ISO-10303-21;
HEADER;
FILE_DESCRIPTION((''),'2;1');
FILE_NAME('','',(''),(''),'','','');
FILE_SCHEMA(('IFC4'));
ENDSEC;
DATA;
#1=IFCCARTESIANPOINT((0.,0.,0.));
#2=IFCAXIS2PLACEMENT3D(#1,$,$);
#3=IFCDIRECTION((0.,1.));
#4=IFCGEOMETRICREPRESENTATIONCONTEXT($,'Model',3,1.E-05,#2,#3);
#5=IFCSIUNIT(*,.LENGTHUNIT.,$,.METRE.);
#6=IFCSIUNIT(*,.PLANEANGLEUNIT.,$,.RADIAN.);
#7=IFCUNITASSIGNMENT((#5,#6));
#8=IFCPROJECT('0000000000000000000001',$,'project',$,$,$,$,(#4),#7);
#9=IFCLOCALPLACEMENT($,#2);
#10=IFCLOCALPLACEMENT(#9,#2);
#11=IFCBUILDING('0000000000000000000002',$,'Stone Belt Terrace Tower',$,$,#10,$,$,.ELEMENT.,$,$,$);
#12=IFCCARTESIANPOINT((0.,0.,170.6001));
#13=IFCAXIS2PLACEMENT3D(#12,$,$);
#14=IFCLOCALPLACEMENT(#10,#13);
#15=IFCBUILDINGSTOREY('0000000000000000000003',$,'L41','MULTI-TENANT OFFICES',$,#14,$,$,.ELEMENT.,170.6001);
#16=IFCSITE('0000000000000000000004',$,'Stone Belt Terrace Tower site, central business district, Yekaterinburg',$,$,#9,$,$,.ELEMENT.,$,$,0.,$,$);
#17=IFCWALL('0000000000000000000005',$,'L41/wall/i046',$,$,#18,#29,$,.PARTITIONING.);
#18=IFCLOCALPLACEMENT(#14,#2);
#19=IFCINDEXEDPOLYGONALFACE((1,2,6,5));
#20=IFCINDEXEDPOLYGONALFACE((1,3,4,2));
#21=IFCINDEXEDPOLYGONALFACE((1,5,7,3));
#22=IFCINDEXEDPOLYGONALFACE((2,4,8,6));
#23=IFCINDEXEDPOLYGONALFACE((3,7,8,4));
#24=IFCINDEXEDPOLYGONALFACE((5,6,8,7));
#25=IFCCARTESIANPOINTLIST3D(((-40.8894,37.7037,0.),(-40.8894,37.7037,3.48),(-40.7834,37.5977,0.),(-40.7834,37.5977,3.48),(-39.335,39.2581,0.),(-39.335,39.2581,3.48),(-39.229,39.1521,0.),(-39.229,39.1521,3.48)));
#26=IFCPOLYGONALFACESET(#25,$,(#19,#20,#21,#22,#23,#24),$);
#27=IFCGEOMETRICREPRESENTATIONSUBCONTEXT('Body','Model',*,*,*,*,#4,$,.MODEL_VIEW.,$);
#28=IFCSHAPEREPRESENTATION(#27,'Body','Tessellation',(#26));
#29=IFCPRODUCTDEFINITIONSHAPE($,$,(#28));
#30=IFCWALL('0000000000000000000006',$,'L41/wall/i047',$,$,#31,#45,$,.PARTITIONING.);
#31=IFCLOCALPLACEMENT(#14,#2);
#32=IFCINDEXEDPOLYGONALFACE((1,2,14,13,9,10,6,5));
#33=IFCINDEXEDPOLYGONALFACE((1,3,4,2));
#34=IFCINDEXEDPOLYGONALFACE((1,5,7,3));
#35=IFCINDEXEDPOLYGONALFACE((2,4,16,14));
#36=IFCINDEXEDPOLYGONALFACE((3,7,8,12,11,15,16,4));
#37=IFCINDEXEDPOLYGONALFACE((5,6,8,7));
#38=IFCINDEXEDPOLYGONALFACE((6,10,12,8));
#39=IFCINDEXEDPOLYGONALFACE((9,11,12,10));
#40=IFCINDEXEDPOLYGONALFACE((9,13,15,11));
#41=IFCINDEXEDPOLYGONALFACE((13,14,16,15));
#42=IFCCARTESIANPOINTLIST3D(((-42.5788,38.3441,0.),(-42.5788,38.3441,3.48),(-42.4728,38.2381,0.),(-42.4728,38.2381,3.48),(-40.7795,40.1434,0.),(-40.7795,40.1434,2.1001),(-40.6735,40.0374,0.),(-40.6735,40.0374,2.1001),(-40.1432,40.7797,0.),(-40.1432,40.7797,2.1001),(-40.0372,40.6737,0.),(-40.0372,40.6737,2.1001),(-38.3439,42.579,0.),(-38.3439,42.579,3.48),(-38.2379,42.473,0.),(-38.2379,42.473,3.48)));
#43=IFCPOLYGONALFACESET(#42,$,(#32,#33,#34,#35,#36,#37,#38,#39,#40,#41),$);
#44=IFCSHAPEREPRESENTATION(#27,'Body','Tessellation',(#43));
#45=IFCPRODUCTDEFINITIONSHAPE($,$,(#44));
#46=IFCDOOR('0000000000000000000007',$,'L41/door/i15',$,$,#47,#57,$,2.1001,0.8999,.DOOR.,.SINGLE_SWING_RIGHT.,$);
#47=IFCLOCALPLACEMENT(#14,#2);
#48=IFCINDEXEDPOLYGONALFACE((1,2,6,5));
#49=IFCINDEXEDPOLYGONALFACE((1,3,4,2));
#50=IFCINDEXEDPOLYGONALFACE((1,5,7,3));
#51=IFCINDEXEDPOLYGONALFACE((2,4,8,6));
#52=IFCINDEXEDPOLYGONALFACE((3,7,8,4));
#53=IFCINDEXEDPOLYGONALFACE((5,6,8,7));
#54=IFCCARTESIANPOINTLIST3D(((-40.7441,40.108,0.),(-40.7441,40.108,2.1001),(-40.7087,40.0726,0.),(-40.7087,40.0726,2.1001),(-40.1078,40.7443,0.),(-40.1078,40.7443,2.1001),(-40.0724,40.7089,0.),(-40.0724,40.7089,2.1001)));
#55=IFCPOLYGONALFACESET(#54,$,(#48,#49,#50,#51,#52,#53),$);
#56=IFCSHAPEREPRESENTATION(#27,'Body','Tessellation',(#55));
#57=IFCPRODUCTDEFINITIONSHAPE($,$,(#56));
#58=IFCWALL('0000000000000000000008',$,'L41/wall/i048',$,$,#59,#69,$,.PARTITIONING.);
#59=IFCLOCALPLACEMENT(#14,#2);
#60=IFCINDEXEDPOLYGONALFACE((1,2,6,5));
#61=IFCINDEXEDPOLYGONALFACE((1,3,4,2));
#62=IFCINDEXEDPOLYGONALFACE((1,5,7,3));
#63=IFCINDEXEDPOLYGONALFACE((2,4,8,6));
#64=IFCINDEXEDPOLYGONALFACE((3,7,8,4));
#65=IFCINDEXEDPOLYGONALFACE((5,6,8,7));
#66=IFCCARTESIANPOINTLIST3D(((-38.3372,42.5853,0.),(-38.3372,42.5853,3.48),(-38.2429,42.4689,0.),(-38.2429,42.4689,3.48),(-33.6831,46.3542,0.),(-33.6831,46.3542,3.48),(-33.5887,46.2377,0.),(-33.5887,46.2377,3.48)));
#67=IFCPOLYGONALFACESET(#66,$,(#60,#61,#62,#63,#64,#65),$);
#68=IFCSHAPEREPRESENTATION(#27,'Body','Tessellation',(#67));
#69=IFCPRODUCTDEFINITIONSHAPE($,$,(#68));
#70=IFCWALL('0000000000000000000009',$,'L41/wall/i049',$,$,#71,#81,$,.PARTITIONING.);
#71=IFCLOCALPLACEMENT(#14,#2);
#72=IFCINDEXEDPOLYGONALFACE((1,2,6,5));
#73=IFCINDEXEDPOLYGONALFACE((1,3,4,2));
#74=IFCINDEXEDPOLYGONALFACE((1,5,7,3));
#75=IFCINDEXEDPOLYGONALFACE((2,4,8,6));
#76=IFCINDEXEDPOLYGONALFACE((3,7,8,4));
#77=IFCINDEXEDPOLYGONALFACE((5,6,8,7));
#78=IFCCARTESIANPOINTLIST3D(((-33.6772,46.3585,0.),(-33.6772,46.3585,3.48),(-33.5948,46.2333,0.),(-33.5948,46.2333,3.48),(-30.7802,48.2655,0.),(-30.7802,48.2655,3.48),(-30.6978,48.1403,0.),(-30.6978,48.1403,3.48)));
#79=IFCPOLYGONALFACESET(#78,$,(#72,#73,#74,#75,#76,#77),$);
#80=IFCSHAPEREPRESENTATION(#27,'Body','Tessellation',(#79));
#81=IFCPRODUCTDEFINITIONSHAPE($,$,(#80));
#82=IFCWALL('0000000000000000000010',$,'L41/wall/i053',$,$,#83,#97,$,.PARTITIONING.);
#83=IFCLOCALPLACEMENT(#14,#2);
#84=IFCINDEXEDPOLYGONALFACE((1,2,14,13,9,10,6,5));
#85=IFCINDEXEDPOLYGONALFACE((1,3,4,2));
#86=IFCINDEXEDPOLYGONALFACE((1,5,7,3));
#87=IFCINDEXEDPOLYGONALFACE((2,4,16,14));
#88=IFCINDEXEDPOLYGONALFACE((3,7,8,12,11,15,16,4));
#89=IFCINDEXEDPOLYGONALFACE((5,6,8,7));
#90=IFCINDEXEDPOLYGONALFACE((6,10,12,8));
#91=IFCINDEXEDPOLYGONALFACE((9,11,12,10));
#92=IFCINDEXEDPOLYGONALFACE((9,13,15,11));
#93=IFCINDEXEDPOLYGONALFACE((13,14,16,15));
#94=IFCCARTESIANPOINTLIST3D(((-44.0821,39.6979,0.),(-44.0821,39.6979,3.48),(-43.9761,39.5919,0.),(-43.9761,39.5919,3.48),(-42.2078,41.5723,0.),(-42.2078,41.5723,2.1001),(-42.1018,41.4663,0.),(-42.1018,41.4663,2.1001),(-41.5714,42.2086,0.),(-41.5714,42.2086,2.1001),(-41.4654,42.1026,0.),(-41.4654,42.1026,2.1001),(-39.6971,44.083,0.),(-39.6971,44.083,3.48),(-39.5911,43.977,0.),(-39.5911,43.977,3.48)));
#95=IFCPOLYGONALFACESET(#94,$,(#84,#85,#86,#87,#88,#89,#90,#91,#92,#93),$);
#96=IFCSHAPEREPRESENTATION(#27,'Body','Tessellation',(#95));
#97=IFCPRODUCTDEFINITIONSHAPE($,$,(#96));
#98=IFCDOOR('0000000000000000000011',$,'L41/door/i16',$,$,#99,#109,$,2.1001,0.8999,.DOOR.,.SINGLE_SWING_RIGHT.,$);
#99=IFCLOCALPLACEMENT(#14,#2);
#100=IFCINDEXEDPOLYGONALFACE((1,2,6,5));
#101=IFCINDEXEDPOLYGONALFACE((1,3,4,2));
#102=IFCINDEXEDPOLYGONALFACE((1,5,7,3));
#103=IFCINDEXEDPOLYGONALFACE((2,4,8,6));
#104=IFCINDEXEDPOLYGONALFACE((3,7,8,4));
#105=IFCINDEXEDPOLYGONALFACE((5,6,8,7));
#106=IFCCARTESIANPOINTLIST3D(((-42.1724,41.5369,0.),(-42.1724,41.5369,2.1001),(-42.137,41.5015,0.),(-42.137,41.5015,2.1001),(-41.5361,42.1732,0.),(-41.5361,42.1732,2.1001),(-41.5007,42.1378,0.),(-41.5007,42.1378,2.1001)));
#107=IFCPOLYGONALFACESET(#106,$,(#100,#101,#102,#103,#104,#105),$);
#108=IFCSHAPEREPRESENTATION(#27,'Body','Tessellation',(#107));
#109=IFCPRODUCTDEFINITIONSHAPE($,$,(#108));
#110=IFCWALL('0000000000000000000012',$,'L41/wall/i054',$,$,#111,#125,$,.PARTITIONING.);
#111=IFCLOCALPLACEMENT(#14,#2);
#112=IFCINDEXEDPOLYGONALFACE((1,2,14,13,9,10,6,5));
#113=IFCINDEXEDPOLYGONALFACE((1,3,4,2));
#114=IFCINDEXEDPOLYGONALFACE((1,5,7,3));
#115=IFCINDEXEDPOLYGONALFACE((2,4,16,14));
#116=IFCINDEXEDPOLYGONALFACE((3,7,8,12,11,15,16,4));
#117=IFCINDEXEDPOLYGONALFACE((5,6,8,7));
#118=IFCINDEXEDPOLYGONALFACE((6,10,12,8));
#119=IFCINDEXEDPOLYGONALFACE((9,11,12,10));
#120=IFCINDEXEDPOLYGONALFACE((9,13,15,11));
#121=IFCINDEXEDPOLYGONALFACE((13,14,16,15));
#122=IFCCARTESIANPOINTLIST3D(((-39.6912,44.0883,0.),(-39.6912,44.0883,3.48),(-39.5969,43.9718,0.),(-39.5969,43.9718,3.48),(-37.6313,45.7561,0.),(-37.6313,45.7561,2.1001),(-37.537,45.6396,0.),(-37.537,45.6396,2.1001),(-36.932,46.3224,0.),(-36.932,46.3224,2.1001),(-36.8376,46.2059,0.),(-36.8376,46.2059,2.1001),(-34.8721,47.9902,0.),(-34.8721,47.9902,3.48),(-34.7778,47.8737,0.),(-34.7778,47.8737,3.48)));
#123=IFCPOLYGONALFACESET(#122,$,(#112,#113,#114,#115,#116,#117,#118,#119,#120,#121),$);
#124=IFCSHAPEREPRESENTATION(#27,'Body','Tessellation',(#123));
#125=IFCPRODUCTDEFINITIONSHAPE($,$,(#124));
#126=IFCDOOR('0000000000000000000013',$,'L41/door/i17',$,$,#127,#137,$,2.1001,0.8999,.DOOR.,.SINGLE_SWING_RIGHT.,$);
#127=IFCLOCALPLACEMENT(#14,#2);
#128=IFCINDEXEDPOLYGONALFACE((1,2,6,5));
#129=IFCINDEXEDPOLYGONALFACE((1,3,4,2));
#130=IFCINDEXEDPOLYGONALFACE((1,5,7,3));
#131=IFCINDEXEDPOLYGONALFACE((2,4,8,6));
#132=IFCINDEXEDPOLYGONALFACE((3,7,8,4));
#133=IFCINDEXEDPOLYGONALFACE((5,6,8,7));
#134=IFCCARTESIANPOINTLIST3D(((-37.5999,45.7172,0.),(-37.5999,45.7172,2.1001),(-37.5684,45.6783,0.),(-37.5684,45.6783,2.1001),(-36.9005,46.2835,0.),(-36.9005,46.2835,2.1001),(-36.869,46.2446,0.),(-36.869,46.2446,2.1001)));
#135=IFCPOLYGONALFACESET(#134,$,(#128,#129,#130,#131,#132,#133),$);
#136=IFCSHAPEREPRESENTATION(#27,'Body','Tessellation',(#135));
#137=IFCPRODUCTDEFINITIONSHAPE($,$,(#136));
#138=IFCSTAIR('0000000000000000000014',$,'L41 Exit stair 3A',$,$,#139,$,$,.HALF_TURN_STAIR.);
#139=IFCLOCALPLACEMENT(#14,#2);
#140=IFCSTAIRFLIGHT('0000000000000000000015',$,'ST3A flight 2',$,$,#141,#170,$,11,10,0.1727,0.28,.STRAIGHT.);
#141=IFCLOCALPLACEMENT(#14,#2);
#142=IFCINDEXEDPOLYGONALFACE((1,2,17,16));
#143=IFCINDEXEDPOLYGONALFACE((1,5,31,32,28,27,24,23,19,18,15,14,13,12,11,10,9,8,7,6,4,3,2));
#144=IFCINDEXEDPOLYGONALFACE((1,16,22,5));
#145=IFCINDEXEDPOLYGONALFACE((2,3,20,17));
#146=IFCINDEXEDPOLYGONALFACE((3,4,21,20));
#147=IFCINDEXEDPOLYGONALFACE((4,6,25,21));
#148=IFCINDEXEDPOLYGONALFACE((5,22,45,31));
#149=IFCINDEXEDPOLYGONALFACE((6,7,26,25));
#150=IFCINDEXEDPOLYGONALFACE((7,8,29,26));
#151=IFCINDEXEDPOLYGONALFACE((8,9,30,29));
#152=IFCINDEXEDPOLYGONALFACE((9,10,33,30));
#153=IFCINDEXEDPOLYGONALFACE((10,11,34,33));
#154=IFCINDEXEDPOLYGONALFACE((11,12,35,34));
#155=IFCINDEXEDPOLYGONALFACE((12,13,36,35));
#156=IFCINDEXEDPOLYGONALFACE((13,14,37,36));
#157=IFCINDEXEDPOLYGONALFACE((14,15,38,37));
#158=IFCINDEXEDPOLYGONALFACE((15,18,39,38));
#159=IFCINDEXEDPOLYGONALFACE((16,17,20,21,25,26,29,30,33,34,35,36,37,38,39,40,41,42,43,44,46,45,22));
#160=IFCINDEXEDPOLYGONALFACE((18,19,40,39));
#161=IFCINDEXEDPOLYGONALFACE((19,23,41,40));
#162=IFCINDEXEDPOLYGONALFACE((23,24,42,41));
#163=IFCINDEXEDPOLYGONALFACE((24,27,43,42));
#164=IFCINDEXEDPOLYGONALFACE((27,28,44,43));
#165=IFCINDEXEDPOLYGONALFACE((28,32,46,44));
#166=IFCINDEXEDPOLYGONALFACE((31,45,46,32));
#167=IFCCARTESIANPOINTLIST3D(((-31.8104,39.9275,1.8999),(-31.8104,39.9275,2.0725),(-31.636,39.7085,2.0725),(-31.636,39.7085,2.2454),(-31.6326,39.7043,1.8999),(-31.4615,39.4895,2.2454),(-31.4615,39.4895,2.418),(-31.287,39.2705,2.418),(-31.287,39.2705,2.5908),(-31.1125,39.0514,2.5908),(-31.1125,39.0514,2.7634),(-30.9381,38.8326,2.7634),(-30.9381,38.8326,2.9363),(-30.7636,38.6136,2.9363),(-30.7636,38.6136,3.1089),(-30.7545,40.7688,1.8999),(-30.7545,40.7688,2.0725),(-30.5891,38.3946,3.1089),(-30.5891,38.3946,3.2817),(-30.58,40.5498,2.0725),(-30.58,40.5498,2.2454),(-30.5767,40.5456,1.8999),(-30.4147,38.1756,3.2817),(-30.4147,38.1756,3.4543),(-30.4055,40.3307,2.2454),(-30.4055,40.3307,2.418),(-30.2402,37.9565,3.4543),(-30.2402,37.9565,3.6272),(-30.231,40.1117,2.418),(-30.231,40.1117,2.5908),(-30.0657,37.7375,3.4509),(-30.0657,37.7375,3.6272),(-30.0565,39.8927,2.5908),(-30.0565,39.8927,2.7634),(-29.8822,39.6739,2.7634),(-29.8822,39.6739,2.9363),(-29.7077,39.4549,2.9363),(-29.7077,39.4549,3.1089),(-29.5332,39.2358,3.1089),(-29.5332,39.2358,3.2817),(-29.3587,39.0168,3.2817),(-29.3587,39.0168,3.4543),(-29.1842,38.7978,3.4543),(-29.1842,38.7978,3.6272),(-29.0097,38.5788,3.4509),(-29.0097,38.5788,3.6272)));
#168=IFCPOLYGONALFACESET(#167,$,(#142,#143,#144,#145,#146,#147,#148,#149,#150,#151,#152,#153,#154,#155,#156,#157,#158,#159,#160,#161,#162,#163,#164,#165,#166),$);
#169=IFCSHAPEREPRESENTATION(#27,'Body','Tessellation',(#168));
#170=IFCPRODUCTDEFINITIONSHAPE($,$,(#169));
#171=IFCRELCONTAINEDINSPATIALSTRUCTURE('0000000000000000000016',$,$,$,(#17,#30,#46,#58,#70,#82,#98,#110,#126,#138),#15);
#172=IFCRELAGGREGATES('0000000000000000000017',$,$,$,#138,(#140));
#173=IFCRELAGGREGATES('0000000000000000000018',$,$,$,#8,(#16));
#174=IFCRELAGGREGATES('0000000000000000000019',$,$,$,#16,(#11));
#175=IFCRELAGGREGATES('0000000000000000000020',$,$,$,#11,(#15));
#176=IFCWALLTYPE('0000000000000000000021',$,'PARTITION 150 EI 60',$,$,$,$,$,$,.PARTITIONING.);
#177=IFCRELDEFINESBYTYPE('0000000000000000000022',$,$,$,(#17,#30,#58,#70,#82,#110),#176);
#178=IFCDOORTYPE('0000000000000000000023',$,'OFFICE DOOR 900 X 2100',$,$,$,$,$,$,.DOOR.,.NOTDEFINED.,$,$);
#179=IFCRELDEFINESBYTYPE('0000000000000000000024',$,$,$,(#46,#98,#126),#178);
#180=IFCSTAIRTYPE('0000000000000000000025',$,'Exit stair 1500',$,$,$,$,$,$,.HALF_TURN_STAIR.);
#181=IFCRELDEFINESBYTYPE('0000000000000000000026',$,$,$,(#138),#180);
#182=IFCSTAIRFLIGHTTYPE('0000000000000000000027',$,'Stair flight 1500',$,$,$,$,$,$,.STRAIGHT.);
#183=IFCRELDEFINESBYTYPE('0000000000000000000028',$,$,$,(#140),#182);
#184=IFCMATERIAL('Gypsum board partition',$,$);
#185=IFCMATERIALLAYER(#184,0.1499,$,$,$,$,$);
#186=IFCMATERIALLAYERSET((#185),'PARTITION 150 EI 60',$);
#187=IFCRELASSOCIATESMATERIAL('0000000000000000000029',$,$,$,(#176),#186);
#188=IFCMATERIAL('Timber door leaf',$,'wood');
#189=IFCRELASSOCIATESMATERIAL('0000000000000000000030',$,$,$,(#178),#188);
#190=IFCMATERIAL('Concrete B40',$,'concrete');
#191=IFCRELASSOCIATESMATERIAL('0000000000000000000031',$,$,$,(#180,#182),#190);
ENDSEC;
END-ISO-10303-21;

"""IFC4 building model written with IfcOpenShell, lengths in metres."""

from ifc_helpers import new_model, si_unit, direction, frame, frame_2d, origin, place, context, subcontext, project, spatial, polyline, rectangle, outline, extrude, material, layer, layer_set, type_object, element, fill, aggregate, save


model = new_model("IFC4")

# Units and contexts
model_context = context("Model", 3, precision=1e-05, world=origin(), true_north=direction((0.0, 1.0)))
body_context = subcontext(model_context, "Body", "Model", "MODEL_VIEW")
ifc_project = project(units=[si_unit("LENGTHUNIT", "METRE"), si_unit("PLANEANGLEUNIT", "RADIAN")], contexts=[model_context])

# Site, building, storey
site_placement = place(None, origin())
site = spatial("IfcSite", under=ifc_project, at=site_placement, Name="Stone Belt Terrace Tower site, central business district, Yekaterinburg", CompositionType="ELEMENT", RefElevation=0.0)
building_placement = place(site_placement, origin())
building = spatial("IfcBuilding", under=site, at=building_placement, Name="Stone Belt Terrace Tower", CompositionType="ELEMENT")
storey_placement = place(building_placement, frame((0.0, 0.0, 170.6001)))
storey = spatial("IfcBuildingStorey", under=building, at=storey_placement, Name="L41", Description="MULTI-TENANT OFFICES", CompositionType="ELEMENT", Elevation=170.6001)

# Wall
ifc_material_1 = material(Name="Gypsum board partition")
ifc_layer_1 = layer(ifc_material_1, 0.1499)
ifc_layer_set_1 = layer_set([ifc_layer_1], Name="PARTITION 150 EI 60")
wall_type = type_object("IfcWallType", Name="PARTITION 150 EI 60", PredefinedType="PARTITIONING", material=ifc_layer_set_1)
wall_1_placement = place(storey_placement, frame((-39.282, 39.2051, 0.0), z_axis=(0.0, 0.0, 1.0), x_axis=(-0.707107, -0.707107, 0.0)))
element("IfcWall", 1, at=wall_1_placement, inside=storey, type_object=wall_type, Name="L41/wall/i046", PredefinedType="PARTITIONING", context=body_context, shape_type="SweptSolid", body=[
    extrude(rectangle(XDim=2.1982, YDim=0.1499, at=frame_2d((1.0991, 0.0))), origin(), (0.0, 0.0, 1.0), 3.48),
])

# Wall, opening, door
wall_2_placement = place(storey_placement, frame((-42.5259, 38.291, 0.0), z_axis=(0.0, 0.0, 1.0), x_axis=(0.707107, 0.707107, 0.0)))
wall_2 = element("IfcWall", 2, at=wall_2_placement, inside=storey, type_object=wall_type, Name="L41/wall/i047", PredefinedType="PARTITIONING", context=body_context, shape_type="SweptSolid", body=[
    extrude(rectangle(XDim=5.989, YDim=0.1499, at=frame_2d((2.9946, 0.0))), origin(), (0.0, 0.0, 1.0), 3.48),
])
opening_1_placement = place(wall_2_placement, frame((2.5447, 0.0, 0.0)))
opening_1 = element("IfcOpeningElement", 3, at=opening_1_placement, cuts=wall_2, PredefinedType="OPENING", context=body_context, shape_type="SweptSolid", body=[
    extrude(rectangle(XDim=0.8999, YDim=2.1001, at=frame_2d((0.45, 1.05))), frame((0.0, 0.085, 0.0), z_axis=(0.0, -1.0, 0.0), x_axis=(1.0, 0.0, 0.0)), (0.0, 0.0, 1.0), 0.1699),
])
ifc_material_2 = material(Name="Timber door leaf", Category="wood")
door_type = type_object("IfcDoorType", Name="OFFICE DOOR 900 X 2100", OperationType="NOTDEFINED", PredefinedType="DOOR", material=ifc_material_2)
door_1_placement = place(opening_1_placement, origin())
door_1 = element("IfcDoor", 4, at=door_1_placement, inside=storey, type_object=door_type, Name="L41/door/i15", OperationType="SINGLE_SWING_RIGHT", OverallHeight=2.1001, OverallWidth=0.8999, PredefinedType="DOOR", context=body_context, shape_type="SweptSolid", body=[
    extrude(rectangle(XDim=0.8999, YDim=2.1001, at=frame_2d((0.45, 1.05))), frame((0.0, 0.0249, 0.0), z_axis=(0.0, -1.0, 0.0), x_axis=(1.0, 0.0, 0.0)), (0.0, 0.0, 1.0), 0.05),
])
fill(opening_1, door_1)

# Walls
wall_3_placement = place(storey_placement, frame((-38.29, 42.5271, 0.0), z_axis=(0.0, 0.0, 1.0), x_axis=(0.777144, 0.629323, 0.0)))
element("IfcWall", 5, at=wall_3_placement, inside=storey, type_object=wall_type, Name="L41/wall/i048", PredefinedType="PARTITIONING", context=body_context, shape_type="SweptSolid", body=[
    extrude(rectangle(XDim=5.9888, YDim=0.1499, at=frame_2d((2.9944, 0.0))), origin(), (0.0, 0.0, 1.0), 3.48),
])
wall_4_placement = place(storey_placement, frame((-33.636, 46.2959, 0.0), z_axis=(0.0, 0.0, 1.0), x_axis=(0.835274, 0.549834, 0.0)))
element("IfcWall", 6, at=wall_4_placement, inside=storey, type_object=wall_type, Name="L41/wall/i049", PredefinedType="PARTITIONING", context=body_context, shape_type="SweptSolid", body=[
    extrude(rectangle(XDim=3.4683, YDim=0.1499, at=frame_2d((1.7341, 0.0))), origin(), (0.0, 0.0, 1.0), 3.48),
])

# Walls, openings, doors
wall_5_placement = place(storey_placement, frame((-44.0291, 39.645, 0.0), z_axis=(0.0, 0.0, 1.0), x_axis=(0.707107, 0.707107, 0.0)))
wall_5 = element("IfcWall", 7, at=wall_5_placement, inside=storey, type_object=wall_type, Name="L41/wall/i053", PredefinedType="PARTITIONING", context=body_context, shape_type="SweptSolid", body=[
    extrude(rectangle(XDim=6.2014, YDim=0.1499, at=frame_2d((3.1006, 0.0))), origin(), (0.0, 0.0, 1.0), 3.48),
])
opening_2_placement = place(wall_5_placement, frame((2.6506, 0.0, 0.0)))
opening_2 = element("IfcOpeningElement", 8, at=opening_2_placement, cuts=wall_5, PredefinedType="OPENING", context=body_context, shape_type="SweptSolid", body=[
    extrude(rectangle(XDim=0.8999, YDim=2.1001, at=frame_2d((0.45, 1.05))), frame((0.0, 0.085, 0.0), z_axis=(0.0, -1.0, 0.0), x_axis=(1.0, 0.0, 0.0)), (0.0, 0.0, 1.0), 0.1699),
])
door_2_placement = place(opening_2_placement, origin())
door_2 = element("IfcDoor", 9, at=door_2_placement, inside=storey, type_object=door_type, Name="L41/door/i16", OperationType="SINGLE_SWING_RIGHT", OverallHeight=2.1001, OverallWidth=0.8999, PredefinedType="DOOR", context=body_context, shape_type="SweptSolid", body=[
    extrude(rectangle(XDim=0.8999, YDim=2.1001, at=frame_2d((0.45, 1.05))), frame((0.0, 0.0249, 0.0), z_axis=(0.0, -1.0, 0.0), x_axis=(1.0, 0.0, 0.0)), (0.0, 0.0, 1.0), 0.05),
])
fill(opening_2, door_2)
wall_6_placement = place(storey_placement, frame((-39.644, 44.03, 0.0), z_axis=(0.0, 0.0, 1.0), x_axis=(0.777191, 0.629265, 0.0)))
wall_6 = element("IfcWall", 10, at=wall_6_placement, inside=storey, type_object=wall_type, Name="L41/wall/i054", PredefinedType="PARTITIONING", context=body_context, shape_type="SweptSolid", body=[
    extrude(rectangle(XDim=6.2007, YDim=0.1499, at=frame_2d((3.1003, 0.0))), origin(), (0.0, 0.0, 1.0), 3.48),
])
opening_3_placement = place(wall_6_placement, frame((2.6504, 0.0, 0.0)))
opening_3 = element("IfcOpeningElement", 11, at=opening_3_placement, cuts=wall_6, PredefinedType="OPENING", context=body_context, shape_type="SweptSolid", body=[
    extrude(rectangle(XDim=0.8999, YDim=2.1001, at=frame_2d((0.45, 1.05))), frame((0.0, 0.085, 0.0), z_axis=(0.0, -1.0, 0.0), x_axis=(1.0, 0.0, 0.0)), (0.0, 0.0, 1.0), 0.1699),
])
door_3_placement = place(opening_3_placement, origin())
door_3 = element("IfcDoor", 12, at=door_3_placement, inside=storey, type_object=door_type, Name="L41/door/i17", OperationType="SINGLE_SWING_RIGHT", OverallHeight=2.1001, OverallWidth=0.8999, PredefinedType="DOOR", context=body_context, shape_type="SweptSolid", body=[
    extrude(rectangle(XDim=0.8999, YDim=2.1001, at=frame_2d((0.45, 1.05))), frame((0.0, 0.0249, 0.0), z_axis=(0.0, -1.0, 0.0), x_axis=(1.0, 0.0, 0.0)), (0.0, 0.0, 1.0), 0.05),
])
fill(opening_3, door_3)

# Stair, stair flight
ifc_material_3 = material(Name="Concrete B40", Category="concrete")
stair_type = type_object("IfcStairType", Name="Exit stair 1500", PredefinedType="HALF_TURN_STAIR", material=ifc_material_3)
stair_placement = place(storey_placement, origin())
stair = element("IfcStair", 13, at=stair_placement, inside=storey, type_object=stair_type, Name="L41 Exit stair 3A", PredefinedType="HALF_TURN_STAIR")
stair_flight_type = type_object("IfcStairFlightType", Name="Stair flight 1500", PredefinedType="STRAIGHT", material=ifc_material_3)
stair_flight_placement = place(storey_placement, frame((-31.2825, 40.3481, 1.8999), z_axis=(0.0, 0.0, 1.0), x_axis=(0.623121, -0.782125, 0.0)))
stair_flight = element("IfcStairFlight", 14, at=stair_flight_placement, type_object=stair_flight_type, Name="ST3A flight 2", NumberOfRisers=11, NumberOfTreads=10, PredefinedType="STRAIGHT", RiserHeight=0.1727, TreadLength=0.28, context=body_context, shape_type="SweptSolid", body=[
    extrude(outline(polyline([(0.0, 0.0), (0.0, 0.1726), (0.28, 0.1726), (0.28, 0.3455), (0.5601, 0.3455), (0.5601, 0.5181), (0.8401, 0.5181), (0.8401, 0.6909), (1.1201, 0.6909), (1.1201, 0.8635), (1.3999, 0.8635), (1.3999, 1.0364), (1.6799, 1.0364), (1.6799, 1.209), (1.96, 1.209), (1.96, 1.3818), (2.24, 1.3818), (2.24, 1.5544), (2.52, 1.5544), (2.52, 1.7273), (2.8, 1.7273), (2.8, 1.8999), (2.8, 1.551), (0.2854, 0.0), (0.0, 0.0)])), frame((0.0, 0.675, 0.0), z_axis=(0.0, -1.0, 0.0), x_axis=(1.0, 0.0, 0.0)), (0.0, 0.0, 1.0), 1.3501),
])
aggregate(stair, [stair_flight])

save(model, "model.ifc")
